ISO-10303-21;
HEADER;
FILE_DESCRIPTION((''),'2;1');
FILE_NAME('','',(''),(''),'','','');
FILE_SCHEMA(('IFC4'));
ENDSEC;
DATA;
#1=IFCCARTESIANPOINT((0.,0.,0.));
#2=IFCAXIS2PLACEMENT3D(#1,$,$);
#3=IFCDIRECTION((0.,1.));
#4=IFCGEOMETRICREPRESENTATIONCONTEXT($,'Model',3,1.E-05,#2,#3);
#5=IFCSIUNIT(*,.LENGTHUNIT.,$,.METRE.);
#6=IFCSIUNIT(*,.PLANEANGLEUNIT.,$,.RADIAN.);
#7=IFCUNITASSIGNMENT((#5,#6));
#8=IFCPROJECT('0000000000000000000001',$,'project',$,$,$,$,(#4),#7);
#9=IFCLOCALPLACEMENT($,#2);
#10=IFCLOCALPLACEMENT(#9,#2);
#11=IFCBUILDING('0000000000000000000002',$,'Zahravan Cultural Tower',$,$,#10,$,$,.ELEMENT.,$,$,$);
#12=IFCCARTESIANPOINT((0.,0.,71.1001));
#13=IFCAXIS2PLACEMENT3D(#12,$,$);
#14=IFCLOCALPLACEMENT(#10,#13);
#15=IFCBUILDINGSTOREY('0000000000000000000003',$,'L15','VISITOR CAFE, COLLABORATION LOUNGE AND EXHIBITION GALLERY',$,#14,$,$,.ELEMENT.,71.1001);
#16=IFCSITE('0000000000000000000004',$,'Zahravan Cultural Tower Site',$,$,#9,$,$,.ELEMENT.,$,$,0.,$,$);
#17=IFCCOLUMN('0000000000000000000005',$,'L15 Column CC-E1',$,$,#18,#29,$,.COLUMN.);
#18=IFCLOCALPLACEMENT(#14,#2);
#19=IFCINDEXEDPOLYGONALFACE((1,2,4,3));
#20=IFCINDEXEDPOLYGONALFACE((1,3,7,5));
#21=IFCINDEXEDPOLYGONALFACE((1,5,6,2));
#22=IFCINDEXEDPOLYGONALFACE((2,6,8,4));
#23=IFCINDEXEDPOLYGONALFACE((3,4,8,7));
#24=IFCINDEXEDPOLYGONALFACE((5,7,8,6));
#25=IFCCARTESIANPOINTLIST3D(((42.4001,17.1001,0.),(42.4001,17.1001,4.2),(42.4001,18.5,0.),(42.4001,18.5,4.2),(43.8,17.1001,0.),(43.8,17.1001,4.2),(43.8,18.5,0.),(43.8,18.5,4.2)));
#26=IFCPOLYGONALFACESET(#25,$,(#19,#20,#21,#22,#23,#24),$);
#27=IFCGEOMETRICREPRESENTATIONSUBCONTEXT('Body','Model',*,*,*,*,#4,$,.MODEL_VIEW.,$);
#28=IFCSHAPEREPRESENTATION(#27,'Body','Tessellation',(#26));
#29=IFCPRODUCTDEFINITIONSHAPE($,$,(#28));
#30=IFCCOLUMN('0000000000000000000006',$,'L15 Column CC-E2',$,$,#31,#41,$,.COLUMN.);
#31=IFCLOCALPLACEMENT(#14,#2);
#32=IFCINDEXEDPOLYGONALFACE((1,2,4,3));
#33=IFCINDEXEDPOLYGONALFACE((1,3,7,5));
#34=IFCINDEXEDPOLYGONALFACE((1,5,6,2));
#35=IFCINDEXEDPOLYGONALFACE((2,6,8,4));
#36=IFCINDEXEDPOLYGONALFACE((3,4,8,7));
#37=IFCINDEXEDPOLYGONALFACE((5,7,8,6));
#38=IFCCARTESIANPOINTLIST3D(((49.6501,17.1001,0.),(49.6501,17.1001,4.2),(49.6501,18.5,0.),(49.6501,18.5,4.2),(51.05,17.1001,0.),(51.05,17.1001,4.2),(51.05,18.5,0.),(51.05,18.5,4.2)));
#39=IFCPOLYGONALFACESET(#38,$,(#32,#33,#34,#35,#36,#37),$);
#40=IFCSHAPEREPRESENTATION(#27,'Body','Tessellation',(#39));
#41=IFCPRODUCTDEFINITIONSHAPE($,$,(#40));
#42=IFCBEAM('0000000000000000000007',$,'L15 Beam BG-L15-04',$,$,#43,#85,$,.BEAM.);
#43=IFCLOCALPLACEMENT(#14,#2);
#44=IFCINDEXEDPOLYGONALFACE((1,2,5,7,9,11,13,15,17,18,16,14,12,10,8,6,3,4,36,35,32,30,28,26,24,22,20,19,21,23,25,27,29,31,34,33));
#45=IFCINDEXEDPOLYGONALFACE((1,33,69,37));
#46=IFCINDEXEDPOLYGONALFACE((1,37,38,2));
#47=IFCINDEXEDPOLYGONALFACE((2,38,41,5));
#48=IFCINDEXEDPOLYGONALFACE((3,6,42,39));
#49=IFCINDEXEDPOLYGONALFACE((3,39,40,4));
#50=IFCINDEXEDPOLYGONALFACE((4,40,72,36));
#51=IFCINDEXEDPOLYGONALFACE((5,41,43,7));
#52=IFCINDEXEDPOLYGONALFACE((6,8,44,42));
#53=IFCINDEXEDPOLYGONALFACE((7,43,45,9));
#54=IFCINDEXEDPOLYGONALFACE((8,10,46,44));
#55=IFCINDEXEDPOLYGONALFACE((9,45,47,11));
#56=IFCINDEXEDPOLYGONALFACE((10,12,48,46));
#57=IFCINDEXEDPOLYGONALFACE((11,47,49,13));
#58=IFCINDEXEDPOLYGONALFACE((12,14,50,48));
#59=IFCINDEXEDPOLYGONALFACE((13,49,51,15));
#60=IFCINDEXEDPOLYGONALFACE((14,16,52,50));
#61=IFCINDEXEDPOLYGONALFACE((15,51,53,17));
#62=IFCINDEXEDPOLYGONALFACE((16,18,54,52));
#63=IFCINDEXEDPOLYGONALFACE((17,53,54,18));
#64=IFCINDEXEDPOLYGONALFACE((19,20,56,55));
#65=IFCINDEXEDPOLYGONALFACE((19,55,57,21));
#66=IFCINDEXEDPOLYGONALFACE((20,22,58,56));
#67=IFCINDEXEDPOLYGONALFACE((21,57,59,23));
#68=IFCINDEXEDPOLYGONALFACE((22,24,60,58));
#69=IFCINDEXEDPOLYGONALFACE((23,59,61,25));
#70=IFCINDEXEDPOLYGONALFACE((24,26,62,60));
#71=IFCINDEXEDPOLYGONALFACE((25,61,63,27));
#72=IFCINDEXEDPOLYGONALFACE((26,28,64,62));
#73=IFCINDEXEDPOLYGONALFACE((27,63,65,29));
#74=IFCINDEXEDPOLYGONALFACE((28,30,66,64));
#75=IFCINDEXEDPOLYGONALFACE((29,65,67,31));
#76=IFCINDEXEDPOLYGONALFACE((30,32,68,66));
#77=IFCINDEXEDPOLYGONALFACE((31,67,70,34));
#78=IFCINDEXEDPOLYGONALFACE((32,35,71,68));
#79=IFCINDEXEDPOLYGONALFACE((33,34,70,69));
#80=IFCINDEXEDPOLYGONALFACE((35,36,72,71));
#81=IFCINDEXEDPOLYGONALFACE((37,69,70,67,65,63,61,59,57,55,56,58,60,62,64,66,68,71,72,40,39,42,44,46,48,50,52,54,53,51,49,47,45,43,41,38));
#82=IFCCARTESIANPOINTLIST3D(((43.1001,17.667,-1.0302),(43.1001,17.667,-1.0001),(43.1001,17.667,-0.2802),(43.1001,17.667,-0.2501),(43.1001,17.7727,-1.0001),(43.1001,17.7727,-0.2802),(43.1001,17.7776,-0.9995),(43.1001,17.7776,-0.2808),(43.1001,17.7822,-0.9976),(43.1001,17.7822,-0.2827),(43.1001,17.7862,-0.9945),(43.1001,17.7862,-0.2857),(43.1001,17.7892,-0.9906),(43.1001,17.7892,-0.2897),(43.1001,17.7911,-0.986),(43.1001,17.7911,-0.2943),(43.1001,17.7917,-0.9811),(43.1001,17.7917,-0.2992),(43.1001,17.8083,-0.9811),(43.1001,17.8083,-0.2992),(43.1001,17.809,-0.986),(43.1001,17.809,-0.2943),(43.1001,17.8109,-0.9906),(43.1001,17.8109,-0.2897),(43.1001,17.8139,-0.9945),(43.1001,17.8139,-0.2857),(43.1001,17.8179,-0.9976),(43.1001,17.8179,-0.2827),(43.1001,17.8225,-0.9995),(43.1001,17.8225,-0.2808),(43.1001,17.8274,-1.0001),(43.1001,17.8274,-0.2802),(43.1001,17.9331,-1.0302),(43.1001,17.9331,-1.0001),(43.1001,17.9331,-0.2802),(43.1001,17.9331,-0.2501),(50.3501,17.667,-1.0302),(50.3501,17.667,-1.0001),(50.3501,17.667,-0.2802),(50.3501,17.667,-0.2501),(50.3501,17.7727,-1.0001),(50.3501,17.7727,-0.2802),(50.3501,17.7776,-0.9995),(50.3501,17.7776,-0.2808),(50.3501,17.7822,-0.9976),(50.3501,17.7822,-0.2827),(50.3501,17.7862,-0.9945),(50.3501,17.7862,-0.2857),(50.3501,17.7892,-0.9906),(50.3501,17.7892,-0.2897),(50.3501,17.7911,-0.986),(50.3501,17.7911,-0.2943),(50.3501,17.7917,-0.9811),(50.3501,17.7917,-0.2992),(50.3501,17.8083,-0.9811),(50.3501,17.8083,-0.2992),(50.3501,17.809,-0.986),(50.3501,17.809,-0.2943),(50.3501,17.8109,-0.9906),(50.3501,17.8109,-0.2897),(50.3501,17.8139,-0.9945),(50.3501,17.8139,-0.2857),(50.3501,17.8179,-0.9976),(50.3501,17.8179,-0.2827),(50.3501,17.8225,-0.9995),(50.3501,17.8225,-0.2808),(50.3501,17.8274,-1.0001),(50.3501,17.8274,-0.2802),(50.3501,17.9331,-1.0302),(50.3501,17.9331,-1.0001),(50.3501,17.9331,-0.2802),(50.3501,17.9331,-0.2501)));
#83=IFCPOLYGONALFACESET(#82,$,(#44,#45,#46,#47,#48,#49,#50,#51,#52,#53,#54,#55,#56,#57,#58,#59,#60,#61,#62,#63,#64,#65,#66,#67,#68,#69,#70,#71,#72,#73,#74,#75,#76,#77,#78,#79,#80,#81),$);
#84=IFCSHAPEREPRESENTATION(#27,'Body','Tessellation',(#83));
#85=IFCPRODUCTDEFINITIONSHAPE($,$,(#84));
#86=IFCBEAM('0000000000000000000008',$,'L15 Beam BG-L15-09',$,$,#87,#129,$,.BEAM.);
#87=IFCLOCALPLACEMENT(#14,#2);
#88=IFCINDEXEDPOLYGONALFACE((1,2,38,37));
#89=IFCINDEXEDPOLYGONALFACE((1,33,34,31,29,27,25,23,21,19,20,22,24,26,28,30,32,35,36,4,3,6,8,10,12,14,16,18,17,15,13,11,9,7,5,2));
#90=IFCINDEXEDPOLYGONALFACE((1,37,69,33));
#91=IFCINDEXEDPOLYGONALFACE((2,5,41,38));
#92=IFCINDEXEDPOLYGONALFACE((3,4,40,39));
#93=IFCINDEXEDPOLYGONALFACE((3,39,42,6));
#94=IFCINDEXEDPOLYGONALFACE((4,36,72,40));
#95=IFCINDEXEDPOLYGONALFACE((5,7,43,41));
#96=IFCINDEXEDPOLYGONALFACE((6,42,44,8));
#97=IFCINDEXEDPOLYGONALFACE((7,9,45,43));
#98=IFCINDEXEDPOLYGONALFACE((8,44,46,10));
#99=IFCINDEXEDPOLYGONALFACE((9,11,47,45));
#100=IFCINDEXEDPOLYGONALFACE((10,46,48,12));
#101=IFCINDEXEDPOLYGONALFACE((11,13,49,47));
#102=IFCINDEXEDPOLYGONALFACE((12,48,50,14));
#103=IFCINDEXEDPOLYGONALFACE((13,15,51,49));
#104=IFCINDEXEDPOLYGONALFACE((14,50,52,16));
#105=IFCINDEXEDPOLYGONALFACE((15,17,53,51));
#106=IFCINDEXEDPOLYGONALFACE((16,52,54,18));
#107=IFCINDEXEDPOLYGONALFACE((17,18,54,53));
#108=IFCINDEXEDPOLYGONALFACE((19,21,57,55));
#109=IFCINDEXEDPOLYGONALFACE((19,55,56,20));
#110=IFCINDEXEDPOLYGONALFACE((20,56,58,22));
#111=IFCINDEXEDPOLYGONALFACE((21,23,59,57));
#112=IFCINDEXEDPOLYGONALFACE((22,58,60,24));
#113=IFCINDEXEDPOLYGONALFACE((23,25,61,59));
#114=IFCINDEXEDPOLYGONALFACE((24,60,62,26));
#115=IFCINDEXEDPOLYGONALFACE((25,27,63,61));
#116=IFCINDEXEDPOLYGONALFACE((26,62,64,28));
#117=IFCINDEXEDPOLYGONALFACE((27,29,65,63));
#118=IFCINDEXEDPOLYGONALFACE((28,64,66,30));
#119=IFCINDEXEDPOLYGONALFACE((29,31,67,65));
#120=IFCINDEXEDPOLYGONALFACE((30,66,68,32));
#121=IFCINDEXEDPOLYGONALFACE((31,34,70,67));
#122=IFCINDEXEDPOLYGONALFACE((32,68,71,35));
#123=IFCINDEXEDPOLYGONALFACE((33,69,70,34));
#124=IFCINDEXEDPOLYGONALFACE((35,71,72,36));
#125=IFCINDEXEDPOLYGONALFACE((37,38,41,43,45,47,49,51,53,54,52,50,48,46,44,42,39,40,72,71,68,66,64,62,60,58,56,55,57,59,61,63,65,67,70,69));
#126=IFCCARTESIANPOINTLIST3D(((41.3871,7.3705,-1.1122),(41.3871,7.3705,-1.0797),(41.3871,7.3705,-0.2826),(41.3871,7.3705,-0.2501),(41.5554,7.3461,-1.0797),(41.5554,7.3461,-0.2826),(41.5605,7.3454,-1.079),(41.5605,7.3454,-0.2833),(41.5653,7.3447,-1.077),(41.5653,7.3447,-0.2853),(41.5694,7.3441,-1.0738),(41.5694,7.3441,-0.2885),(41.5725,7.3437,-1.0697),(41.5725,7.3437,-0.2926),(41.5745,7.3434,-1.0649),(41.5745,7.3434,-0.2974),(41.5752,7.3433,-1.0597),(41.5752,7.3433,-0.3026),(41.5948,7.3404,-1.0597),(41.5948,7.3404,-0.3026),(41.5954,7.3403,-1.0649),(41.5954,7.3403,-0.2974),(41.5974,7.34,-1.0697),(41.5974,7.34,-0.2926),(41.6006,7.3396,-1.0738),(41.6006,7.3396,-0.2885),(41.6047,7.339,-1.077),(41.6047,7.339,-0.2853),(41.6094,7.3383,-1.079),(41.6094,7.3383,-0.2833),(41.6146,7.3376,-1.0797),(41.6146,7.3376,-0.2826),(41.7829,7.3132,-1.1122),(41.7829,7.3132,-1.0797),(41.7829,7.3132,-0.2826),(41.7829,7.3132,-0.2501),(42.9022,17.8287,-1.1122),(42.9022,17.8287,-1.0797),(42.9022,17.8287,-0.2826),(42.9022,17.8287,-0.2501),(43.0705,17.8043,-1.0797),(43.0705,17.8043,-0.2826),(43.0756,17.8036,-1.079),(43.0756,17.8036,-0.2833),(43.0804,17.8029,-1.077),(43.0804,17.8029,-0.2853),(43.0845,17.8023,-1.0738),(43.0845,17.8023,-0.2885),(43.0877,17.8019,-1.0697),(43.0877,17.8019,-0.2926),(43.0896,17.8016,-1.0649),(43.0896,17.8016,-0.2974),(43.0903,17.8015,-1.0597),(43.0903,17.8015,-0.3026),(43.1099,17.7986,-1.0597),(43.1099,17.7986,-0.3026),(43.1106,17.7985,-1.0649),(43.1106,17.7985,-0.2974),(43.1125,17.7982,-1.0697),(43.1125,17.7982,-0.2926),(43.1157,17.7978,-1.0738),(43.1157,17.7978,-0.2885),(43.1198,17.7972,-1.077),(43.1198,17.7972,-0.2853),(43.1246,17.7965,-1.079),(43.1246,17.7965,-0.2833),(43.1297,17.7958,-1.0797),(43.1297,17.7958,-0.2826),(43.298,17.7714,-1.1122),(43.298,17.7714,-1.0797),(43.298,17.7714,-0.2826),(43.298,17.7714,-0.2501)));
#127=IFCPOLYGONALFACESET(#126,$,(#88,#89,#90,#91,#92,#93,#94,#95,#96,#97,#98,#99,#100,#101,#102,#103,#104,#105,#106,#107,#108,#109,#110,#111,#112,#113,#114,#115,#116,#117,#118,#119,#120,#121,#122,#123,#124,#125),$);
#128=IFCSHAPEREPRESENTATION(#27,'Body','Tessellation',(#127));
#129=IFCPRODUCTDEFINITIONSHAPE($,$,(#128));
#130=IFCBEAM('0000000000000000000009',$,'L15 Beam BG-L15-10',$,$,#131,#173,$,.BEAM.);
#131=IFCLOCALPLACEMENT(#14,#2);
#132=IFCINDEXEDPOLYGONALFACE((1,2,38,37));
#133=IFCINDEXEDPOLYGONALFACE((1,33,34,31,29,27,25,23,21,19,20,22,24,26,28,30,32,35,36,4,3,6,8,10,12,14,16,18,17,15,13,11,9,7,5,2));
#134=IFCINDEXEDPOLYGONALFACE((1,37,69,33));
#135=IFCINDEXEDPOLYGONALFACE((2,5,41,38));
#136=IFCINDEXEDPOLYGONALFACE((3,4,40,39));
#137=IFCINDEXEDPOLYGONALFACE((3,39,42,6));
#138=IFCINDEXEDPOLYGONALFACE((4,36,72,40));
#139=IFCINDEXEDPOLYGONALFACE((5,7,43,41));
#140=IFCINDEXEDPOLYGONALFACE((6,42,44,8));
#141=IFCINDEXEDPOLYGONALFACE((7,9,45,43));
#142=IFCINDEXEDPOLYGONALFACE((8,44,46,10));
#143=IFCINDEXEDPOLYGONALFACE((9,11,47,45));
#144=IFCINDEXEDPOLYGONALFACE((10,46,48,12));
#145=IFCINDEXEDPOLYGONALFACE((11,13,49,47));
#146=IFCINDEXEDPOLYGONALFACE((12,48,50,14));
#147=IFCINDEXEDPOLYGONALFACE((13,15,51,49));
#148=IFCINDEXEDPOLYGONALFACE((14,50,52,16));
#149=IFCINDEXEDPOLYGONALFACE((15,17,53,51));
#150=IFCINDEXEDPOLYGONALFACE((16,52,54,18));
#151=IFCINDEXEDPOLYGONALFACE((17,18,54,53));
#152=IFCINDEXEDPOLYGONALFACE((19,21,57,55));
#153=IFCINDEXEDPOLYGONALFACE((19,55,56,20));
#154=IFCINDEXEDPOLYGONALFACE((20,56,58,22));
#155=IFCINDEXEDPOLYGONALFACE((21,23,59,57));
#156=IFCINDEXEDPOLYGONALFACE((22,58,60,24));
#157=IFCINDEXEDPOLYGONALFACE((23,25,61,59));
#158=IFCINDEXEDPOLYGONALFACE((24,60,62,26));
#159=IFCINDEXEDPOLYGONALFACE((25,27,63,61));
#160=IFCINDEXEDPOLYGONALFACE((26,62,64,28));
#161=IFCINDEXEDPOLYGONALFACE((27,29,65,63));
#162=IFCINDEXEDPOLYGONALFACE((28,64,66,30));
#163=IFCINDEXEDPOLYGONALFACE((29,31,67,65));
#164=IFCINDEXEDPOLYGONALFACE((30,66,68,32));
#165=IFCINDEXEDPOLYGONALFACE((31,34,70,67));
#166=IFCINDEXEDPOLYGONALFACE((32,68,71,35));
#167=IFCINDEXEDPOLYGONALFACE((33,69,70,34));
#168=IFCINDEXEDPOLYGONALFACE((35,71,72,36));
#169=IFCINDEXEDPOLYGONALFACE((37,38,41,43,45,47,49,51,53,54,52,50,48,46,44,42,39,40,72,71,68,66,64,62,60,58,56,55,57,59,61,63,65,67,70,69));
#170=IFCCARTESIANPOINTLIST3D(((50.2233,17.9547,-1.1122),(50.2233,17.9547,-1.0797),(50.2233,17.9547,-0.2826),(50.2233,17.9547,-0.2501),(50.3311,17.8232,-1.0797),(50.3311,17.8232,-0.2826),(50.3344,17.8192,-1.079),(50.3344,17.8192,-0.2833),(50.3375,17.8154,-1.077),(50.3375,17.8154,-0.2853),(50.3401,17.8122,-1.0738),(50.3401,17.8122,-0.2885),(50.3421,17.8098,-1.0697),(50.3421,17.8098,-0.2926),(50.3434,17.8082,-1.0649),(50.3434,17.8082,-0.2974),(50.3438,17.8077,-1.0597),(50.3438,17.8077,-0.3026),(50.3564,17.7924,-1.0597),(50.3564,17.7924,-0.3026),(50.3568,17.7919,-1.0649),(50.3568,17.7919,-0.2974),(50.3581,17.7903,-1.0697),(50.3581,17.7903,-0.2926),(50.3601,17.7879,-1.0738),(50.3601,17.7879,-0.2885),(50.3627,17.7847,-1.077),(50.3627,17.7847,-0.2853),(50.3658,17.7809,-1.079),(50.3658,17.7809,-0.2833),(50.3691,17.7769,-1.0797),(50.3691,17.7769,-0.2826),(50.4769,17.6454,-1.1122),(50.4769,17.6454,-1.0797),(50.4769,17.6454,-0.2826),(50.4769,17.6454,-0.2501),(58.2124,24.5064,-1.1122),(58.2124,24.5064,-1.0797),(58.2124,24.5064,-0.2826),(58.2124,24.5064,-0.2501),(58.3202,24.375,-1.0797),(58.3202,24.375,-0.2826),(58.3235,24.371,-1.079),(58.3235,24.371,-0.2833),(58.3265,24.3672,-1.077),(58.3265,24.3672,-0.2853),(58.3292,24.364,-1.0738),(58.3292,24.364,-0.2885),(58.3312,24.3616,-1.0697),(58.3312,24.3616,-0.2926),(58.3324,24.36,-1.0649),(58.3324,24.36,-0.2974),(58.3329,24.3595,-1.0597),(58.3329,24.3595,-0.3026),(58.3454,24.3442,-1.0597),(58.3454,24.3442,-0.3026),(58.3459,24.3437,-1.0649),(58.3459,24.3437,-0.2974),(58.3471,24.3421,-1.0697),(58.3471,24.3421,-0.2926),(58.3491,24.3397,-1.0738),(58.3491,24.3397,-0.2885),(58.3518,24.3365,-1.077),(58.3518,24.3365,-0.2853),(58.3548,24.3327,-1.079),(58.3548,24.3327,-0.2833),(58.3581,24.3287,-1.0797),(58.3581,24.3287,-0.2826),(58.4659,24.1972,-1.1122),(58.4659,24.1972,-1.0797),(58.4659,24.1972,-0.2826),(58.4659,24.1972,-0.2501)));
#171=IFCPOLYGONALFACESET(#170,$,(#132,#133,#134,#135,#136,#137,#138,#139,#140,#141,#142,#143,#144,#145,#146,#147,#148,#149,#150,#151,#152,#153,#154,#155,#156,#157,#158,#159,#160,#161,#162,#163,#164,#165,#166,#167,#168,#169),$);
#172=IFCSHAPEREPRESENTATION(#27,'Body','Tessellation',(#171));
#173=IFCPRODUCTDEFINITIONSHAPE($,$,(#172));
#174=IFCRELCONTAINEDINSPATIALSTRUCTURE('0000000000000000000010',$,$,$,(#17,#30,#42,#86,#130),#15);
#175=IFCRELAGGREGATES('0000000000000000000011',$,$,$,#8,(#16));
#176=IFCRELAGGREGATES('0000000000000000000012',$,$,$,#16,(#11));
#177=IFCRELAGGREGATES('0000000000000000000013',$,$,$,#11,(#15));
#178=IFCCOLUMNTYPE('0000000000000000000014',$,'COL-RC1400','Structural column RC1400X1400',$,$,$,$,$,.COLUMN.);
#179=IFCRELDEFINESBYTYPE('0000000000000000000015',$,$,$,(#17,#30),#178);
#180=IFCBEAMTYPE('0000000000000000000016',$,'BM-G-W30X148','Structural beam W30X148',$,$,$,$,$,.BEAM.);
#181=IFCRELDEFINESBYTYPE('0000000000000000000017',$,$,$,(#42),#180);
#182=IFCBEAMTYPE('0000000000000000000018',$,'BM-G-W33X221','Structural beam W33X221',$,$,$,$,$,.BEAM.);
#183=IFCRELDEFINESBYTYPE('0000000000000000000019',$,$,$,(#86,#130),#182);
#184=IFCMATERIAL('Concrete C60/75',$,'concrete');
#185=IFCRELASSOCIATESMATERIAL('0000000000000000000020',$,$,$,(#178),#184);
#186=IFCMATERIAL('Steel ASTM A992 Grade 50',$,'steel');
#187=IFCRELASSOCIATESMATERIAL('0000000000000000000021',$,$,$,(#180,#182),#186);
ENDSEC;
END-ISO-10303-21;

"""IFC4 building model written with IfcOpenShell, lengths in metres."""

from ifc_helpers import new_model, si_unit, direction, frame, origin, origin_2d, place, context, subcontext, project, spatial, rectangle, i_section, extrude, source, transform, mapped, material, material_profile, profile_set, type_object, element, save


model = new_model("IFC4")

# Units and contexts
model_context = context("Model", 3, precision=1e-05, world=origin(), true_north=direction((0.0, 1.0)))
body_context = subcontext(model_context, "Body", "Model", "MODEL_VIEW")
ifc_project = project(units=[si_unit("LENGTHUNIT", "METRE"), si_unit("PLANEANGLEUNIT", "RADIAN")], contexts=[model_context])

# Site, building, storey
site_placement = place(None, origin())
site = spatial("IfcSite", under=ifc_project, at=site_placement, Name="Zahravan Cultural Tower Site", CompositionType="ELEMENT", RefElevation=0.0)
building_placement = place(site_placement, origin())
building = spatial("IfcBuilding", under=site, at=building_placement, Name="Zahravan Cultural Tower", CompositionType="ELEMENT")
storey_placement = place(building_placement, frame((0.0, 0.0, 71.1001)))
storey = spatial("IfcBuildingStorey", under=building, at=storey_placement, Name="L15", Description="VISITOR CAFE, COLLABORATION LOUNGE AND EXHIBITION GALLERY", CompositionType="ELEMENT", Elevation=71.1001)

# Columns
ifc_material_1 = material(Name="Concrete C60/75", Category="concrete")
ifc_material_profile_1 = material_profile(ifc_material_1, rectangle(XDim=1.3999, YDim=1.3999, at=origin_2d()), Name="RC1400X1400")
ifc_profile_set_1 = profile_set([ifc_material_profile_1], Name="Concrete C60/75")
column_type = type_object("IfcColumnType", Name="COL-RC1400", Description="Structural column RC1400X1400", PredefinedType="COLUMN", material=ifc_profile_set_1)
shared_shape_1 = source(origin(), body_context, "Body", "SweptSolid", [
    extrude(rectangle(XDim=1.3999, YDim=1.3999, at=origin_2d()), origin(), (0.0, 0.0, 1.0), 4.2),
])
for number, where, z_axis, x_axis, name in (
    (1, (43.1001, 17.8, 0.0), (0.0, 0.0, 1.0), (1.0, 0.0, 0.0), "L15 Column CC-E1"),
    (2, (50.3501, 17.8, 0.0), (0.0, 0.0, 1.0), (1.0, 0.0, 0.0), "L15 Column CC-E2"),
):
    element("IfcColumn", number, at=place(storey_placement, frame(where, z_axis=z_axis, x_axis=x_axis)), inside=storey, type_object=column_type, Name=name, PredefinedType="COLUMN", context=body_context, shape_type="MappedRepresentation", body=[
        mapped(shared_shape_1, transform((0.0, 0.0, 0.0), x_axis=(1.0, 0.0, 0.0), y_axis=(0.0, 1.0, 0.0), z_axis=(0.0, 0.0, 1.0), scale=1.0)),
    ])

# Beams
ifc_material_2 = material(Name="Steel ASTM A992 Grade 50", Category="steel")
ifc_material_profile_2 = material_profile(ifc_material_2, i_section(OverallWidth=0.2661, OverallDepth=0.78, WebThickness=0.0166, FlangeThickness=0.03, FilletRadius=0.019, at=origin_2d()), Name="W30X148")
ifc_profile_set_2 = profile_set([ifc_material_profile_2], Name="Steel ASTM A992 Grade 50")
beam_type_1 = type_object("IfcBeamType", Name="BM-G-W30X148", Description="Structural beam W30X148", PredefinedType="BEAM", material=ifc_profile_set_2)
shared_shape_2 = source(origin(), body_context, "Body", "SweptSolid", [
    extrude(i_section(OverallWidth=0.2661, OverallDepth=0.78, WebThickness=0.0166, FlangeThickness=0.03, FilletRadius=0.019, at=origin_2d()), origin(), (0.0, 0.0, 1.0), 7.25),
])
beam_1_placement = place(storey_placement, frame((43.1001, 17.8, -0.6401), z_axis=(1.0, 0.0, 0.0), x_axis=(0.0, 1.0, 0.0)))
element("IfcBeam", 3, at=beam_1_placement, inside=storey, type_object=beam_type_1, Name="L15 Beam BG-L15-04", PredefinedType="BEAM", context=body_context, shape_type="MappedRepresentation", body=[
    mapped(shared_shape_2, transform((0.0, 0.0, 0.0), x_axis=(1.0, 0.0, 0.0), y_axis=(0.0, 1.0, 0.0), z_axis=(0.0, 0.0, 1.0), scale=1.0)),
])
ifc_material_profile_3 = material_profile(ifc_material_2, i_section(OverallWidth=0.3999, OverallDepth=0.8621, WebThickness=0.0198, FlangeThickness=0.0325, FilletRadius=0.02, at=origin_2d()), Name="W33X221")
ifc_profile_set_3 = profile_set([ifc_material_profile_3], Name="Steel ASTM A992 Grade 50")
beam_type_2 = type_object("IfcBeamType", Name="BM-G-W33X221", Description="Structural beam W33X221", PredefinedType="BEAM", material=ifc_profile_set_3)
shared_shape_3 = source(origin(), body_context, "Body", "SweptSolid", [
    extrude(i_section(OverallWidth=0.3999, OverallDepth=0.8621, WebThickness=0.0198, FlangeThickness=0.0325, FilletRadius=0.02, at=origin_2d()), origin(), (0.0, 0.0, 1.0), 10.5674),
])
beam_2_placement = place(storey_placement, frame((43.1001, 17.8, -0.6812), z_axis=(-0.143378, -0.989668, 0.0), x_axis=(0.989668, -0.143378, 0.0)))
element("IfcBeam", 4, at=beam_2_placement, inside=storey, type_object=beam_type_2, Name="L15 Beam BG-L15-09", PredefinedType="BEAM", context=body_context, shape_type="MappedRepresentation", body=[
    mapped(shared_shape_3, transform((0.0, 0.0, 0.0), x_axis=(1.0, 0.0, 0.0), y_axis=(0.0, 1.0, 0.0), z_axis=(0.0, 0.0, 1.0), scale=1.0)),
])
shared_shape_4 = source(origin(), body_context, "Body", "SweptSolid", [
    extrude(i_section(OverallWidth=0.3999, OverallDepth=0.8621, WebThickness=0.0198, FlangeThickness=0.0325, FilletRadius=0.02, at=origin_2d()), origin(), (0.0, 0.0, 1.0), 10.332),
])
beam_3_placement = place(storey_placement, frame((50.3501, 17.8, -0.6812), z_axis=(0.773231, 0.634124, 0.0), x_axis=(-0.634124, 0.773231, 0.0)))
element("IfcBeam", 5, at=beam_3_placement, inside=storey, type_object=beam_type_2, Name="L15 Beam BG-L15-10", PredefinedType="BEAM", context=body_context, shape_type="MappedRepresentation", body=[
    mapped(shared_shape_4, transform((0.0, 0.0, 0.0), x_axis=(1.0, 0.0, 0.0), y_axis=(0.0, 1.0, 0.0), z_axis=(0.0, 0.0, 1.0), scale=1.0)),
])

save(model, "model.ifc")
